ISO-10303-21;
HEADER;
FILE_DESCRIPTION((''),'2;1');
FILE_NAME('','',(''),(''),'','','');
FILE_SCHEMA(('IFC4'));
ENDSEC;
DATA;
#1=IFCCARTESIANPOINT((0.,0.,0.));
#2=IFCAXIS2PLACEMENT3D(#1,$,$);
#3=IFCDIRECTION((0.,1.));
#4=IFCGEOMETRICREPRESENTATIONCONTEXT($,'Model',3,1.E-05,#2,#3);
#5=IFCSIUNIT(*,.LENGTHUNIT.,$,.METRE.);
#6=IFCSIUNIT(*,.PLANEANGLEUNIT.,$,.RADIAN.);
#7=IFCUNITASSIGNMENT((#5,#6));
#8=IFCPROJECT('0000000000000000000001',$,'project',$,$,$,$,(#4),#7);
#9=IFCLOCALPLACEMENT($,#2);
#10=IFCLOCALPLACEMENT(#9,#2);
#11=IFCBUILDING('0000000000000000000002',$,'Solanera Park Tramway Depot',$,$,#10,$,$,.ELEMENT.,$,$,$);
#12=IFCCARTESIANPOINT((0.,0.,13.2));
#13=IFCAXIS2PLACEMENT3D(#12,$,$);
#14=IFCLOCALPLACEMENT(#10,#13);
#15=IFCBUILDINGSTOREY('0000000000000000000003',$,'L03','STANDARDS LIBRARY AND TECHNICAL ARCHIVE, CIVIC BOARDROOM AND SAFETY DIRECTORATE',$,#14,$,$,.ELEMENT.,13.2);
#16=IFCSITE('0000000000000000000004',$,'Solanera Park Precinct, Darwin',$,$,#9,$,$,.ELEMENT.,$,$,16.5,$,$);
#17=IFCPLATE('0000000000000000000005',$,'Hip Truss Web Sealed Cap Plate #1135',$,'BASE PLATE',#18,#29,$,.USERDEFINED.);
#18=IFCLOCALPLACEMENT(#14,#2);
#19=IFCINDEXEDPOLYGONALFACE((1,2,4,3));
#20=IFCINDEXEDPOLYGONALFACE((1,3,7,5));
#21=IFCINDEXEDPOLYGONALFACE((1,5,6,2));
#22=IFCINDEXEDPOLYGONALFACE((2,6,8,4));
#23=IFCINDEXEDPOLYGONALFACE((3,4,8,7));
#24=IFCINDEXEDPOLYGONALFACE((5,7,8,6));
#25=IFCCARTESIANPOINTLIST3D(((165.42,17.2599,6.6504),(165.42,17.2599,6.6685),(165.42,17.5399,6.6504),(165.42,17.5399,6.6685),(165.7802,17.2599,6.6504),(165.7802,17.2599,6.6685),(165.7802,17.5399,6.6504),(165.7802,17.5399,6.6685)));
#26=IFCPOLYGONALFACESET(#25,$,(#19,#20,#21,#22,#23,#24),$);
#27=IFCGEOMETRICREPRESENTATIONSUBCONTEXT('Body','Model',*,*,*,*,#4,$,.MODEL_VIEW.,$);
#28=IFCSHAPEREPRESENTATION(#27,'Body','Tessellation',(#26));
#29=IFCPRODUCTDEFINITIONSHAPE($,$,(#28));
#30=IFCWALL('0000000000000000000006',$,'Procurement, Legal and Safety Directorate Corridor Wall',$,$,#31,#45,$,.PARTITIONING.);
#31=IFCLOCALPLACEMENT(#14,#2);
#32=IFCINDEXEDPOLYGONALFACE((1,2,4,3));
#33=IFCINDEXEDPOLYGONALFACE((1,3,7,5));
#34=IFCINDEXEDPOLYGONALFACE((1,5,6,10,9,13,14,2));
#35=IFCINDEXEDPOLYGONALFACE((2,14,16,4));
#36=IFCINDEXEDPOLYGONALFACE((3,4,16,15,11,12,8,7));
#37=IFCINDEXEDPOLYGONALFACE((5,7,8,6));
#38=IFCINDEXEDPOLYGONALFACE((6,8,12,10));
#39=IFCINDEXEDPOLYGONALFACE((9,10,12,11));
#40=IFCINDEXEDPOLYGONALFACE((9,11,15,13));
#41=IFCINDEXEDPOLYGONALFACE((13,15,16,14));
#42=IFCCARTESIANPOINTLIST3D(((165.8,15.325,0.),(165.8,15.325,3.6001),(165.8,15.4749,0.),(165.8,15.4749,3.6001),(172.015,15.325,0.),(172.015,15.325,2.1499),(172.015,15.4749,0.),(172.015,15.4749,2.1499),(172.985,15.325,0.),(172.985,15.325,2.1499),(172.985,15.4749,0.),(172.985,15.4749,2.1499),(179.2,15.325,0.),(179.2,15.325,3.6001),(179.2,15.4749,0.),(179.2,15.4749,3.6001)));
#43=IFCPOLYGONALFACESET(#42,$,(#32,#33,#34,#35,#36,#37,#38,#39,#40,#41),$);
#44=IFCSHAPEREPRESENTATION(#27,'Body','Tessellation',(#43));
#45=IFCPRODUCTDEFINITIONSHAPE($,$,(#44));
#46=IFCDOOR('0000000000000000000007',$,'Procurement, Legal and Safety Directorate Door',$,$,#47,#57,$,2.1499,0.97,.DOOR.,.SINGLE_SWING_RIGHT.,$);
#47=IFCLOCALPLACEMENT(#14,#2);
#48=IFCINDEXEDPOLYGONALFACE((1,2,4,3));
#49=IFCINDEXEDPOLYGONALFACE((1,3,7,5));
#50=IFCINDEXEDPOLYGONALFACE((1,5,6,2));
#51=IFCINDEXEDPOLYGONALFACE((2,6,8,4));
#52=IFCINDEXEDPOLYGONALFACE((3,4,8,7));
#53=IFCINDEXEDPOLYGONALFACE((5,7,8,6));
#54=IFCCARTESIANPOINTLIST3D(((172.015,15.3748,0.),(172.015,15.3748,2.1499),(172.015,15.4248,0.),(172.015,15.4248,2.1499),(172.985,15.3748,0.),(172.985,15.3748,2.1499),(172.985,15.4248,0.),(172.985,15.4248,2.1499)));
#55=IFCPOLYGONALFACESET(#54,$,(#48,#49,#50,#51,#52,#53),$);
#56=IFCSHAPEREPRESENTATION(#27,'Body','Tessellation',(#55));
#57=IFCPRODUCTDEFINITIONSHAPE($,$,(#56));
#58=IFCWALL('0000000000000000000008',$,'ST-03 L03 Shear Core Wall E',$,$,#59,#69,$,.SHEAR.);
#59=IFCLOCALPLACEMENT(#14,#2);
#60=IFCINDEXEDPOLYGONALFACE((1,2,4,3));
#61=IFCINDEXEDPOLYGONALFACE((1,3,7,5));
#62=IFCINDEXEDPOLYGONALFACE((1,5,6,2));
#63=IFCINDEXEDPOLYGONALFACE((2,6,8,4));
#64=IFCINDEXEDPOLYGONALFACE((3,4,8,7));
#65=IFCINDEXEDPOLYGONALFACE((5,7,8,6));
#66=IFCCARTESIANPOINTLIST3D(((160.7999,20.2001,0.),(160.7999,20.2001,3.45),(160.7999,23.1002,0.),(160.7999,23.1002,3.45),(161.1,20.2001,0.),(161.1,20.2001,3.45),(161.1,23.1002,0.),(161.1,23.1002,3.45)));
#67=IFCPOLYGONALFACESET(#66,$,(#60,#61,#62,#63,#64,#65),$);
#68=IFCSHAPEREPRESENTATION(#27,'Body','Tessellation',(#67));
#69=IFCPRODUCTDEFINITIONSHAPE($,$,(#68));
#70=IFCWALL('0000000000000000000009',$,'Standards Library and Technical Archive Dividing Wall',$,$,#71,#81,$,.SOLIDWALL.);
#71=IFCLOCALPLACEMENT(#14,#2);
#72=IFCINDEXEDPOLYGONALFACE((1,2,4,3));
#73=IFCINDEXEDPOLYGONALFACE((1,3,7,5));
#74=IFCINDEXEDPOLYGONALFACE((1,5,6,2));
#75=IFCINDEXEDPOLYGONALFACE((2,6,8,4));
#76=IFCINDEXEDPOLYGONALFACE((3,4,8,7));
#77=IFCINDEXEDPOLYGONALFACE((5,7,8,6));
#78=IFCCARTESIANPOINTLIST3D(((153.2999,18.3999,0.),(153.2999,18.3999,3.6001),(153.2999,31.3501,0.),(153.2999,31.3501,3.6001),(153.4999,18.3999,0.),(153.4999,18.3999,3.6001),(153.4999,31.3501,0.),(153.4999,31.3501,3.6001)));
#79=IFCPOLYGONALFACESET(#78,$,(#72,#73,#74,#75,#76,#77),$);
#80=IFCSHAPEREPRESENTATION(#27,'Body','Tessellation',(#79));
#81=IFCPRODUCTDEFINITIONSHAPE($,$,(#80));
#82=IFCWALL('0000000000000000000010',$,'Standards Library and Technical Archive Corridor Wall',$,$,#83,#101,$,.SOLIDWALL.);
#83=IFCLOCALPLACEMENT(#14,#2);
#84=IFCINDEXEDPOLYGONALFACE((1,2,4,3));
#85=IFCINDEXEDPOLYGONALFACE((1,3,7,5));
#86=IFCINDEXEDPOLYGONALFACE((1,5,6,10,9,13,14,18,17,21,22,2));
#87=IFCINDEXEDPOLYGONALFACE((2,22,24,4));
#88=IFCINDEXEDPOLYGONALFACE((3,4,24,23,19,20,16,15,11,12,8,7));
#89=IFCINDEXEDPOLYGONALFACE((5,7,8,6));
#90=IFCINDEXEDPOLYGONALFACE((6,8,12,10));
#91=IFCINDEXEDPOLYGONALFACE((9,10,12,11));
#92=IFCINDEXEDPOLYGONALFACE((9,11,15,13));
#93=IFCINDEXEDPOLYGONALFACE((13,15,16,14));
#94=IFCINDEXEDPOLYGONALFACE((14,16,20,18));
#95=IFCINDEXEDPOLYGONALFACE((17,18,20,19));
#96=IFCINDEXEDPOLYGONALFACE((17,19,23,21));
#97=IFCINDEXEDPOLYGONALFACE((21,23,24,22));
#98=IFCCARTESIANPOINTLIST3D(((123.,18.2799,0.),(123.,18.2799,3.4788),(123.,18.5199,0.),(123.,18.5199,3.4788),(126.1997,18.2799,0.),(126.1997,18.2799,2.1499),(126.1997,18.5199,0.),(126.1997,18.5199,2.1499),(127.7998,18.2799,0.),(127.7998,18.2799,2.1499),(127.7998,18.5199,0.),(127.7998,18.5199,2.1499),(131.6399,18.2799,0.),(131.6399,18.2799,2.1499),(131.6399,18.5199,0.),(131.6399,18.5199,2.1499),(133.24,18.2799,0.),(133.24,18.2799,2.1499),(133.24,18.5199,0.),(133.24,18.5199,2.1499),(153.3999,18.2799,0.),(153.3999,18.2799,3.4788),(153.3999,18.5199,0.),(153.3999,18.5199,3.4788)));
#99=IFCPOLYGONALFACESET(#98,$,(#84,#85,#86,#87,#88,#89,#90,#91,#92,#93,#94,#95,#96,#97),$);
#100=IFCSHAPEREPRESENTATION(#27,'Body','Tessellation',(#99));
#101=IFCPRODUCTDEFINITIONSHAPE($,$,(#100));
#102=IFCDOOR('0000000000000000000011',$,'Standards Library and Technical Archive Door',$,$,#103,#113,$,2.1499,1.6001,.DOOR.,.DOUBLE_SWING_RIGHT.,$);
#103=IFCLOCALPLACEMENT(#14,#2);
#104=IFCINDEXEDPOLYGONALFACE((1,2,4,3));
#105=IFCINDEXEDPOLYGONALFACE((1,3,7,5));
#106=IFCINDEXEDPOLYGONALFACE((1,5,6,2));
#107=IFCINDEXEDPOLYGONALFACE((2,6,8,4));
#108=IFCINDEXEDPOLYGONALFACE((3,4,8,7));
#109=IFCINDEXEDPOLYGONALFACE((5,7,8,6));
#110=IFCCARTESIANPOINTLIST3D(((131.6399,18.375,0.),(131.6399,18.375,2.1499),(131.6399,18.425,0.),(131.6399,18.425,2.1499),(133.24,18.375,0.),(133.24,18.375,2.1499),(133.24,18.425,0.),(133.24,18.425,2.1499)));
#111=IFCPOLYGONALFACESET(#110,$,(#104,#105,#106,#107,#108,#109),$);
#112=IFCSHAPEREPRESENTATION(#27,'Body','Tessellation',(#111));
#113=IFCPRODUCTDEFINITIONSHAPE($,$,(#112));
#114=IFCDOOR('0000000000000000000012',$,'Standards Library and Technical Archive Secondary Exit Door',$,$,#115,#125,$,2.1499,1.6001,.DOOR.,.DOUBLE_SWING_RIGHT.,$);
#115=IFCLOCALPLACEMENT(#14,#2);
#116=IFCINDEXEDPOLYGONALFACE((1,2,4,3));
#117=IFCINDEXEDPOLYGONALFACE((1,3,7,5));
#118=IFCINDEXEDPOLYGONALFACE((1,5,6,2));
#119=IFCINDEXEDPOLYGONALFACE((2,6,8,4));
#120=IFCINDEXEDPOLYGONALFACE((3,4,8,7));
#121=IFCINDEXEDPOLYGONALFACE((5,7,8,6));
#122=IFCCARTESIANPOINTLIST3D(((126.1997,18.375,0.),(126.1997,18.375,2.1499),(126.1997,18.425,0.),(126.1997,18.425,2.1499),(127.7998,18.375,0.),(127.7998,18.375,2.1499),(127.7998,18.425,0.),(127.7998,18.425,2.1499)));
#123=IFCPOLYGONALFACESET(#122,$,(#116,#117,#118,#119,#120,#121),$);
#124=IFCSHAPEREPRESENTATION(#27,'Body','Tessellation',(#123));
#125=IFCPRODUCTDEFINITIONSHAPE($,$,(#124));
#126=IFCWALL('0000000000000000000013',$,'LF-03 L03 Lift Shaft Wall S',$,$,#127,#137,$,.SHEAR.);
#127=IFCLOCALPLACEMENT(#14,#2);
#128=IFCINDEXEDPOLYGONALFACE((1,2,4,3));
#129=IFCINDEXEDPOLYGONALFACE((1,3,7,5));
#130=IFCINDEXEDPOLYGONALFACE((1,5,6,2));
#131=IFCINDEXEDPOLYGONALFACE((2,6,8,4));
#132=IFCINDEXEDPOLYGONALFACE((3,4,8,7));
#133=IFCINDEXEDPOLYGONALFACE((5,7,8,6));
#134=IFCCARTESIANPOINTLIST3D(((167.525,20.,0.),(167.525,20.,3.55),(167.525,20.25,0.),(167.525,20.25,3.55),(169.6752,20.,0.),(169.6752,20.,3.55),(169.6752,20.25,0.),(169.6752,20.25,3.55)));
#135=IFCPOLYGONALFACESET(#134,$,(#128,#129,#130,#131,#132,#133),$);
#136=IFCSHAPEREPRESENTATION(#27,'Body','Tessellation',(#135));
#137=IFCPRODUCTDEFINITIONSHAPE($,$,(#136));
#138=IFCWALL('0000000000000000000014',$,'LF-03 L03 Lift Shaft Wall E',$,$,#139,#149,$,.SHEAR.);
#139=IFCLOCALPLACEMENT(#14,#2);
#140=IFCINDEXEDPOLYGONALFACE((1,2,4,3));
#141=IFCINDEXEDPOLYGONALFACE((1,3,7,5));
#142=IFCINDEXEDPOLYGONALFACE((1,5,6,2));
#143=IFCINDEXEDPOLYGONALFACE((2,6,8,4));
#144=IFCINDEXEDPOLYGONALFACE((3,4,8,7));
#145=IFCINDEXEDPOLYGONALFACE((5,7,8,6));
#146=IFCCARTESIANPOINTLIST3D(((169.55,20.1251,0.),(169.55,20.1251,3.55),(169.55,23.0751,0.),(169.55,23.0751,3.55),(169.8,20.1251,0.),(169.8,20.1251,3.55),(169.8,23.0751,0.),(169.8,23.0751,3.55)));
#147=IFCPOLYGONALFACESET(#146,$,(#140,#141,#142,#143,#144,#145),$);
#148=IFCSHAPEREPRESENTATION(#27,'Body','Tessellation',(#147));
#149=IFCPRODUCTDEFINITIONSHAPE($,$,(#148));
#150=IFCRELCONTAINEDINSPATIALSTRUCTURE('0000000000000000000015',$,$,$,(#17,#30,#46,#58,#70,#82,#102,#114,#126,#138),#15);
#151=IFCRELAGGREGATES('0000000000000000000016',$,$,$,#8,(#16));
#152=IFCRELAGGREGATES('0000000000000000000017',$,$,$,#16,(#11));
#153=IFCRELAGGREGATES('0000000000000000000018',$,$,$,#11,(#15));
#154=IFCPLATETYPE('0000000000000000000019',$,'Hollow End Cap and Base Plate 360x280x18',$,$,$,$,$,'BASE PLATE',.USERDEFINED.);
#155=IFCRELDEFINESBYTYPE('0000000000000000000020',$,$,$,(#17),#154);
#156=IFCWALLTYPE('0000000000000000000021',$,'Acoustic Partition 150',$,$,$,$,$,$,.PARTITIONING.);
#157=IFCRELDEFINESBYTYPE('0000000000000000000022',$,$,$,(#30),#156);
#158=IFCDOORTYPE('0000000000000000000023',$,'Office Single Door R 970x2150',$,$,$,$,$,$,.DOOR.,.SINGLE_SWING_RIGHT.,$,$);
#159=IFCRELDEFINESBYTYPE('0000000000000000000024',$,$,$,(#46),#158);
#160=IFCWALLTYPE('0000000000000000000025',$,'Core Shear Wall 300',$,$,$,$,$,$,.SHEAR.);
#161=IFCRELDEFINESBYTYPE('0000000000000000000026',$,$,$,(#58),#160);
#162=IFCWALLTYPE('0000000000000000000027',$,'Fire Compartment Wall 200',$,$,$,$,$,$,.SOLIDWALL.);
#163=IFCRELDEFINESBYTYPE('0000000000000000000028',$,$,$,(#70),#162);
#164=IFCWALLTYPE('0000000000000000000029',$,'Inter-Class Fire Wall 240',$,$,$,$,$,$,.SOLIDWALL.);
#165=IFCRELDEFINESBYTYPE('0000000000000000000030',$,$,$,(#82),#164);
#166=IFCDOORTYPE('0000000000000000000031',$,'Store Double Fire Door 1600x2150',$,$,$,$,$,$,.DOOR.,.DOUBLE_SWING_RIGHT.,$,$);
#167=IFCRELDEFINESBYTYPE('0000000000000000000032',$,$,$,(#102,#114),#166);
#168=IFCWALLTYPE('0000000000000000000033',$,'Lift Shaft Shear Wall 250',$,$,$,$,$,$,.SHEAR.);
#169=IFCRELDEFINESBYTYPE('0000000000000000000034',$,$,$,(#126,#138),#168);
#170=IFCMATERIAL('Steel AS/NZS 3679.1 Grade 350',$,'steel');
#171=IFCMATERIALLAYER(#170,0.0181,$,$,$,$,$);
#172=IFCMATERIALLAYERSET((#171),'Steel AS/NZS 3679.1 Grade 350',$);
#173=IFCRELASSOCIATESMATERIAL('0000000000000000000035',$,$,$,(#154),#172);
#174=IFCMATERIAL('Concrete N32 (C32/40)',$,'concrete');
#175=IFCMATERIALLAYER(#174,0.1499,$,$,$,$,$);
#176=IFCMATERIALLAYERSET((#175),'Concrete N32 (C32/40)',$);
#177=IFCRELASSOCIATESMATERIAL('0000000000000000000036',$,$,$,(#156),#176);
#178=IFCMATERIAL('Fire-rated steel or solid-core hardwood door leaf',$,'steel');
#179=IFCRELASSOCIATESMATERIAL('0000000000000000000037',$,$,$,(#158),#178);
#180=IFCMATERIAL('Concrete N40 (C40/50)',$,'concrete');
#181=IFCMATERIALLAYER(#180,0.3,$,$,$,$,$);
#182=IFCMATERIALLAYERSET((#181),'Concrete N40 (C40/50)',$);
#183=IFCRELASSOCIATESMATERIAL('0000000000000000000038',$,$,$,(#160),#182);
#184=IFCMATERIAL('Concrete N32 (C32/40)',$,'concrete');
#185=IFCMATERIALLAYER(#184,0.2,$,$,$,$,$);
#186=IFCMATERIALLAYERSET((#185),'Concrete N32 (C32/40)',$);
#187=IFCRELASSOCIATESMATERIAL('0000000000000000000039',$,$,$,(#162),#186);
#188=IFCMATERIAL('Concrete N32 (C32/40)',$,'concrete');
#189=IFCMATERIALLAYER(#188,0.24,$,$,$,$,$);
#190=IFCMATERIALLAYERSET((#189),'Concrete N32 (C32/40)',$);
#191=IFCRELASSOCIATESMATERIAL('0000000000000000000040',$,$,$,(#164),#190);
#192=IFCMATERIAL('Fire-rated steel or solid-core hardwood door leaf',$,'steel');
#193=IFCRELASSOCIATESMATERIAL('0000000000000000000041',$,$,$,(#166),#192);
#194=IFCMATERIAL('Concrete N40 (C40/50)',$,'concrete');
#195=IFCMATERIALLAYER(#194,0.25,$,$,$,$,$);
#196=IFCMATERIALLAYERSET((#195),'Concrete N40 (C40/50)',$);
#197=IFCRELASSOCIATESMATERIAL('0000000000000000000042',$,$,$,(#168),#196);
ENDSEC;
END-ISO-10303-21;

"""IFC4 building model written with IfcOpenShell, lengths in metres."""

from ifc_helpers import new_model, si_unit, direction, frame, frame_2d, origin, origin_2d, place, context, subcontext, project, spatial, rectangle, extrude, material, layer, layer_set, type_object, element, fill, save


model = new_model("IFC4")

# Units and contexts
model_context = context("Model", 3, precision=1e-05, world=origin(), true_north=direction((0.0, 1.0)))
body_context = subcontext(model_context, "Body", "Model", "MODEL_VIEW")
ifc_project = project(units=[si_unit("LENGTHUNIT", "METRE"), si_unit("PLANEANGLEUNIT", "RADIAN")], contexts=[model_context])

# Site, building, storey
site_placement = place(None, origin())
site = spatial("IfcSite", under=ifc_project, at=site_placement, Name="Solanera Park Precinct, Darwin", CompositionType="ELEMENT", RefElevation=16.5)
building_placement = place(site_placement, origin())
building = spatial("IfcBuilding", under=site, at=building_placement, Name="Solanera Park Tramway Depot", CompositionType="ELEMENT")
storey_placement = place(building_placement, frame((0.0, 0.0, 13.2)))
storey = spatial("IfcBuildingStorey", under=building, at=storey_placement, Name="L03", Description="STANDARDS LIBRARY AND TECHNICAL ARCHIVE, CIVIC BOARDROOM AND SAFETY DIRECTORATE", CompositionType="ELEMENT", Elevation=13.2)

# Plate
ifc_material_1 = material(Name="Steel AS/NZS 3679.1 Grade 350", Category="steel")
ifc_layer_1 = layer(ifc_material_1, 0.0181)
ifc_layer_set_1 = layer_set([ifc_layer_1], Name="Steel AS/NZS 3679.1 Grade 350")
plate_type_1 = type_object("IfcPlateType", Name="Hollow End Cap and Base Plate 360x280x18", ElementType="BASE PLATE", PredefinedType="USERDEFINED", material=ifc_layer_set_1)
for number, where, z_axis, x_axis, name in (
    (1, (165.6001, 17.3999, 6.6504), (0.0, 0.0, 1.0), (1.0, 0.0, 0.0), "Hip Truss Web Sealed Cap Plate #1135"),
):
    element("IfcPlate", number, at=place(storey_placement, frame(where, z_axis=z_axis, x_axis=x_axis)), inside=storey, type_object=plate_type_1, Name=name, ObjectType="BASE PLATE", PredefinedType="USERDEFINED", context=body_context, shape_type="SweptSolid", body=[
        extrude(rectangle(XDim=0.3601, YDim=0.28, at=origin_2d()), origin(), (0.0, 0.0, 1.0), 0.0181),
    ])

# Wall, opening, door
ifc_material_2 = material(Name="Concrete N32 (C32/40)", Category="concrete")
ifc_layer_2 = layer(ifc_material_2, 0.1499)
ifc_layer_set_2 = layer_set([ifc_layer_2], Name="Concrete N32 (C32/40)")
wall_type_1 = type_object("IfcWallType", Name="Acoustic Partition 150", PredefinedType="PARTITIONING", material=ifc_layer_set_2)
wall_1_placement = place(storey_placement, frame((165.8, 15.3999, 0.0), z_axis=(0.0, 0.0, 1.0), x_axis=(1.0, 0.0, 0.0)))
wall_1 = element("IfcWall", 2, at=wall_1_placement, inside=storey, type_object=wall_type_1, Name="Procurement, Legal and Safety Directorate Corridor Wall", PredefinedType="PARTITIONING", context=body_context, shape_type="SweptSolid", body=[
    extrude(rectangle(XDim=13.3999, YDim=0.1499, at=frame_2d((6.7, 0.0))), origin(), (0.0, 0.0, 1.0), 3.6001),
])
opening_1_placement = place(wall_1_placement, frame((6.2151, 0.0, 0.0)))
opening_1 = element("IfcOpeningElement", 3, at=opening_1_placement, cuts=wall_1, PredefinedType="OPENING", context=body_context, shape_type="SweptSolid", body=[
    extrude(rectangle(XDim=0.97, YDim=2.1499, at=frame_2d((0.4849, 1.075))), frame((0.0, 0.085, 0.0), z_axis=(0.0, -1.0, 0.0), x_axis=(1.0, 0.0, 0.0)), (0.0, 0.0, 1.0), 0.1699),
])
ifc_material_3 = material(Name="Fire-rated steel or solid-core hardwood door leaf", Category="steel")
door_type_1 = type_object("IfcDoorType", Name="Office Single Door R 970x2150", OperationType="SINGLE_SWING_RIGHT", PredefinedType="DOOR", material=ifc_material_3)
door_1_placement = place(opening_1_placement, origin())
door_1 = element("IfcDoor", 4, at=door_1_placement, inside=storey, type_object=door_type_1, Name="Procurement, Legal and Safety Directorate Door", OperationType="SINGLE_SWING_RIGHT", OverallHeight=2.1499, OverallWidth=0.97, PredefinedType="DOOR", context=body_context, shape_type="SweptSolid", body=[
    extrude(rectangle(XDim=0.97, YDim=2.1499, at=frame_2d((0.4849, 1.075))), frame((0.0, 0.0249, 0.0), z_axis=(0.0, -1.0, 0.0), x_axis=(1.0, 0.0, 0.0)), (0.0, 0.0, 1.0), 0.05),
])
fill(opening_1, door_1)
ifc_material_4 = material(Name="Concrete N40 (C40/50)", Category="concrete")
ifc_layer_3 = layer(ifc_material_4, 0.3)
ifc_layer_set_3 = layer_set([ifc_layer_3], Name="Concrete N40 (C40/50)")
wall_type_2 = type_object("IfcWallType", Name="Core Shear Wall 300", PredefinedType="SHEAR", material=ifc_layer_set_3)

# Walls
wall_2_placement = place(storey_placement, frame((160.95, 20.2, 0.0), z_axis=(0.0, 0.0, 1.0), x_axis=(0.0, 1.0, 0.0)))
element("IfcWall", 5, at=wall_2_placement, inside=storey, type_object=wall_type_2, Name="ST-03 L03 Shear Core Wall E", PredefinedType="SHEAR", context=body_context, shape_type="SweptSolid", body=[
    extrude(rectangle(XDim=2.9001, YDim=0.3, at=frame_2d((1.4502, 0.0))), origin(), (0.0, 0.0, 1.0), 3.45),
])
ifc_material_5 = material(Name="Concrete N32 (C32/40)", Category="concrete")
ifc_layer_4 = layer(ifc_material_5, 0.2)
ifc_layer_set_4 = layer_set([ifc_layer_4], Name="Concrete N32 (C32/40)")
wall_type_3 = type_object("IfcWallType", Name="Fire Compartment Wall 200", PredefinedType="SOLIDWALL", material=ifc_layer_set_4)
wall_3_placement = place(storey_placement, frame((153.3999, 18.3999, 0.0), z_axis=(0.0, 0.0, 1.0), x_axis=(0.0, 1.0, 0.0)))
element("IfcWall", 6, at=wall_3_placement, inside=storey, type_object=wall_type_3, Name="Standards Library and Technical Archive Dividing Wall", PredefinedType="SOLIDWALL", context=body_context, shape_type="SweptSolid", body=[
    extrude(rectangle(XDim=12.9502, YDim=0.2, at=frame_2d((6.4751, 0.0))), origin(), (0.0, 0.0, 1.0), 3.6001),
])

# Wall, openings, doors
ifc_material_6 = material(Name="Concrete N32 (C32/40)", Category="concrete")
ifc_layer_5 = layer(ifc_material_6, 0.24)
ifc_layer_set_5 = layer_set([ifc_layer_5], Name="Concrete N32 (C32/40)")
wall_type_4 = type_object("IfcWallType", Name="Inter-Class Fire Wall 240", PredefinedType="SOLIDWALL", material=ifc_layer_set_5)
wall_4_placement = place(storey_placement, frame((153.3999, 18.3999, 0.0), z_axis=(0.0, 0.0, 1.0), x_axis=(-1.0, 0.0, 0.0)))
wall_4 = element("IfcWall", 7, at=wall_4_placement, inside=storey, type_object=wall_type_4, Name="Standards Library and Technical Archive Corridor Wall", PredefinedType="SOLIDWALL", context=body_context, shape_type="SweptSolid", body=[
    extrude(rectangle(XDim=30.3999, YDim=0.24, at=frame_2d((15.2, 0.0))), origin(), (0.0, 0.0, 1.0), 3.4788),
])
opening_2_placement = place(wall_4_placement, frame((20.1599, 0.0, 0.0)))
opening_2 = element("IfcOpeningElement", 8, at=opening_2_placement, cuts=wall_4, PredefinedType="OPENING", context=body_context, shape_type="SweptSolid", body=[
    extrude(rectangle(XDim=1.6001, YDim=2.1499, at=frame_2d((0.8, 1.075))), frame((0.0, 0.1299, 0.0), z_axis=(0.0, -1.0, 0.0), x_axis=(1.0, 0.0, 0.0)), (0.0, 0.0, 1.0), 0.26),
])
opening_3_placement = place(wall_4_placement, frame((25.6001, 0.0, 0.0)))
opening_3 = element("IfcOpeningElement", 9, at=opening_3_placement, cuts=wall_4, PredefinedType="OPENING", context=body_context, shape_type="SweptSolid", body=[
    extrude(rectangle(XDim=1.6001, YDim=2.1499, at=frame_2d((0.8, 1.075))), frame((0.0, 0.1299, 0.0), z_axis=(0.0, -1.0, 0.0), x_axis=(1.0, 0.0, 0.0)), (0.0, 0.0, 1.0), 0.26),
])
ifc_material_7 = material(Name="Fire-rated steel or solid-core hardwood door leaf", Category="steel")
door_type_2 = type_object("IfcDoorType", Name="Store Double Fire Door 1600x2150", OperationType="DOUBLE_SWING_RIGHT", PredefinedType="DOOR", material=ifc_material_7)
door_2_placement = place(opening_2_placement, origin())
door_2 = element("IfcDoor", 10, at=door_2_placement, inside=storey, type_object=door_type_2, Name="Standards Library and Technical Archive Door", OperationType="DOUBLE_SWING_RIGHT", OverallHeight=2.1499, OverallWidth=1.6001, PredefinedType="DOOR", context=body_context, shape_type="SweptSolid", body=[
    extrude(rectangle(XDim=1.6001, YDim=2.1499, at=frame_2d((0.8, 1.075))), frame((0.0, 0.0249, 0.0), z_axis=(0.0, -1.0, 0.0), x_axis=(1.0, 0.0, 0.0)), (0.0, 0.0, 1.0), 0.05),
])
fill(opening_2, door_2)
door_3_placement = place(opening_3_placement, origin())
door_3 = element("IfcDoor", 11, at=door_3_placement, inside=storey, type_object=door_type_2, Name="Standards Library and Technical Archive Secondary Exit Door", OperationType="DOUBLE_SWING_RIGHT", OverallHeight=2.1499, OverallWidth=1.6001, PredefinedType="DOOR", context=body_context, shape_type="SweptSolid", body=[
    extrude(rectangle(XDim=1.6001, YDim=2.1499, at=frame_2d((0.8, 1.075))), frame((0.0, 0.0249, 0.0), z_axis=(0.0, -1.0, 0.0), x_axis=(1.0, 0.0, 0.0)), (0.0, 0.0, 1.0), 0.05),
])
fill(opening_3, door_3)

# Walls
ifc_material_8 = material(Name="Concrete N40 (C40/50)", Category="concrete")
ifc_layer_6 = layer(ifc_material_8, 0.25)
ifc_layer_set_6 = layer_set([ifc_layer_6], Name="Concrete N40 (C40/50)")
wall_type_5 = type_object("IfcWallType", Name="Lift Shaft Shear Wall 250", PredefinedType="SHEAR", material=ifc_layer_set_6)
wall_5_placement = place(storey_placement, frame((167.5249, 20.125, 0.0), z_axis=(0.0, 0.0, 1.0), x_axis=(1.0, 0.0, 0.0)))
element("IfcWall", 12, at=wall_5_placement, inside=storey, type_object=wall_type_5, Name="LF-03 L03 Lift Shaft Wall S", PredefinedType="SHEAR", context=body_context, shape_type="SweptSolid", body=[
    extrude(rectangle(XDim=2.1501, YDim=0.25, at=frame_2d((1.0752, 0.0))), origin(), (0.0, 0.0, 1.0), 3.55),
])
wall_6_placement = place(storey_placement, frame((169.675, 20.125, 0.0), z_axis=(0.0, 0.0, 1.0), x_axis=(0.0, 1.0, 0.0)))
element("IfcWall", 13, at=wall_6_placement, inside=storey, type_object=wall_type_5, Name="LF-03 L03 Lift Shaft Wall E", PredefinedType="SHEAR", context=body_context, shape_type="SweptSolid", body=[
    extrude(rectangle(XDim=2.95, YDim=0.25, at=frame_2d((1.4751, 0.0))), origin(), (0.0, 0.0, 1.0), 3.55),
])

save(model, "model.ifc")
